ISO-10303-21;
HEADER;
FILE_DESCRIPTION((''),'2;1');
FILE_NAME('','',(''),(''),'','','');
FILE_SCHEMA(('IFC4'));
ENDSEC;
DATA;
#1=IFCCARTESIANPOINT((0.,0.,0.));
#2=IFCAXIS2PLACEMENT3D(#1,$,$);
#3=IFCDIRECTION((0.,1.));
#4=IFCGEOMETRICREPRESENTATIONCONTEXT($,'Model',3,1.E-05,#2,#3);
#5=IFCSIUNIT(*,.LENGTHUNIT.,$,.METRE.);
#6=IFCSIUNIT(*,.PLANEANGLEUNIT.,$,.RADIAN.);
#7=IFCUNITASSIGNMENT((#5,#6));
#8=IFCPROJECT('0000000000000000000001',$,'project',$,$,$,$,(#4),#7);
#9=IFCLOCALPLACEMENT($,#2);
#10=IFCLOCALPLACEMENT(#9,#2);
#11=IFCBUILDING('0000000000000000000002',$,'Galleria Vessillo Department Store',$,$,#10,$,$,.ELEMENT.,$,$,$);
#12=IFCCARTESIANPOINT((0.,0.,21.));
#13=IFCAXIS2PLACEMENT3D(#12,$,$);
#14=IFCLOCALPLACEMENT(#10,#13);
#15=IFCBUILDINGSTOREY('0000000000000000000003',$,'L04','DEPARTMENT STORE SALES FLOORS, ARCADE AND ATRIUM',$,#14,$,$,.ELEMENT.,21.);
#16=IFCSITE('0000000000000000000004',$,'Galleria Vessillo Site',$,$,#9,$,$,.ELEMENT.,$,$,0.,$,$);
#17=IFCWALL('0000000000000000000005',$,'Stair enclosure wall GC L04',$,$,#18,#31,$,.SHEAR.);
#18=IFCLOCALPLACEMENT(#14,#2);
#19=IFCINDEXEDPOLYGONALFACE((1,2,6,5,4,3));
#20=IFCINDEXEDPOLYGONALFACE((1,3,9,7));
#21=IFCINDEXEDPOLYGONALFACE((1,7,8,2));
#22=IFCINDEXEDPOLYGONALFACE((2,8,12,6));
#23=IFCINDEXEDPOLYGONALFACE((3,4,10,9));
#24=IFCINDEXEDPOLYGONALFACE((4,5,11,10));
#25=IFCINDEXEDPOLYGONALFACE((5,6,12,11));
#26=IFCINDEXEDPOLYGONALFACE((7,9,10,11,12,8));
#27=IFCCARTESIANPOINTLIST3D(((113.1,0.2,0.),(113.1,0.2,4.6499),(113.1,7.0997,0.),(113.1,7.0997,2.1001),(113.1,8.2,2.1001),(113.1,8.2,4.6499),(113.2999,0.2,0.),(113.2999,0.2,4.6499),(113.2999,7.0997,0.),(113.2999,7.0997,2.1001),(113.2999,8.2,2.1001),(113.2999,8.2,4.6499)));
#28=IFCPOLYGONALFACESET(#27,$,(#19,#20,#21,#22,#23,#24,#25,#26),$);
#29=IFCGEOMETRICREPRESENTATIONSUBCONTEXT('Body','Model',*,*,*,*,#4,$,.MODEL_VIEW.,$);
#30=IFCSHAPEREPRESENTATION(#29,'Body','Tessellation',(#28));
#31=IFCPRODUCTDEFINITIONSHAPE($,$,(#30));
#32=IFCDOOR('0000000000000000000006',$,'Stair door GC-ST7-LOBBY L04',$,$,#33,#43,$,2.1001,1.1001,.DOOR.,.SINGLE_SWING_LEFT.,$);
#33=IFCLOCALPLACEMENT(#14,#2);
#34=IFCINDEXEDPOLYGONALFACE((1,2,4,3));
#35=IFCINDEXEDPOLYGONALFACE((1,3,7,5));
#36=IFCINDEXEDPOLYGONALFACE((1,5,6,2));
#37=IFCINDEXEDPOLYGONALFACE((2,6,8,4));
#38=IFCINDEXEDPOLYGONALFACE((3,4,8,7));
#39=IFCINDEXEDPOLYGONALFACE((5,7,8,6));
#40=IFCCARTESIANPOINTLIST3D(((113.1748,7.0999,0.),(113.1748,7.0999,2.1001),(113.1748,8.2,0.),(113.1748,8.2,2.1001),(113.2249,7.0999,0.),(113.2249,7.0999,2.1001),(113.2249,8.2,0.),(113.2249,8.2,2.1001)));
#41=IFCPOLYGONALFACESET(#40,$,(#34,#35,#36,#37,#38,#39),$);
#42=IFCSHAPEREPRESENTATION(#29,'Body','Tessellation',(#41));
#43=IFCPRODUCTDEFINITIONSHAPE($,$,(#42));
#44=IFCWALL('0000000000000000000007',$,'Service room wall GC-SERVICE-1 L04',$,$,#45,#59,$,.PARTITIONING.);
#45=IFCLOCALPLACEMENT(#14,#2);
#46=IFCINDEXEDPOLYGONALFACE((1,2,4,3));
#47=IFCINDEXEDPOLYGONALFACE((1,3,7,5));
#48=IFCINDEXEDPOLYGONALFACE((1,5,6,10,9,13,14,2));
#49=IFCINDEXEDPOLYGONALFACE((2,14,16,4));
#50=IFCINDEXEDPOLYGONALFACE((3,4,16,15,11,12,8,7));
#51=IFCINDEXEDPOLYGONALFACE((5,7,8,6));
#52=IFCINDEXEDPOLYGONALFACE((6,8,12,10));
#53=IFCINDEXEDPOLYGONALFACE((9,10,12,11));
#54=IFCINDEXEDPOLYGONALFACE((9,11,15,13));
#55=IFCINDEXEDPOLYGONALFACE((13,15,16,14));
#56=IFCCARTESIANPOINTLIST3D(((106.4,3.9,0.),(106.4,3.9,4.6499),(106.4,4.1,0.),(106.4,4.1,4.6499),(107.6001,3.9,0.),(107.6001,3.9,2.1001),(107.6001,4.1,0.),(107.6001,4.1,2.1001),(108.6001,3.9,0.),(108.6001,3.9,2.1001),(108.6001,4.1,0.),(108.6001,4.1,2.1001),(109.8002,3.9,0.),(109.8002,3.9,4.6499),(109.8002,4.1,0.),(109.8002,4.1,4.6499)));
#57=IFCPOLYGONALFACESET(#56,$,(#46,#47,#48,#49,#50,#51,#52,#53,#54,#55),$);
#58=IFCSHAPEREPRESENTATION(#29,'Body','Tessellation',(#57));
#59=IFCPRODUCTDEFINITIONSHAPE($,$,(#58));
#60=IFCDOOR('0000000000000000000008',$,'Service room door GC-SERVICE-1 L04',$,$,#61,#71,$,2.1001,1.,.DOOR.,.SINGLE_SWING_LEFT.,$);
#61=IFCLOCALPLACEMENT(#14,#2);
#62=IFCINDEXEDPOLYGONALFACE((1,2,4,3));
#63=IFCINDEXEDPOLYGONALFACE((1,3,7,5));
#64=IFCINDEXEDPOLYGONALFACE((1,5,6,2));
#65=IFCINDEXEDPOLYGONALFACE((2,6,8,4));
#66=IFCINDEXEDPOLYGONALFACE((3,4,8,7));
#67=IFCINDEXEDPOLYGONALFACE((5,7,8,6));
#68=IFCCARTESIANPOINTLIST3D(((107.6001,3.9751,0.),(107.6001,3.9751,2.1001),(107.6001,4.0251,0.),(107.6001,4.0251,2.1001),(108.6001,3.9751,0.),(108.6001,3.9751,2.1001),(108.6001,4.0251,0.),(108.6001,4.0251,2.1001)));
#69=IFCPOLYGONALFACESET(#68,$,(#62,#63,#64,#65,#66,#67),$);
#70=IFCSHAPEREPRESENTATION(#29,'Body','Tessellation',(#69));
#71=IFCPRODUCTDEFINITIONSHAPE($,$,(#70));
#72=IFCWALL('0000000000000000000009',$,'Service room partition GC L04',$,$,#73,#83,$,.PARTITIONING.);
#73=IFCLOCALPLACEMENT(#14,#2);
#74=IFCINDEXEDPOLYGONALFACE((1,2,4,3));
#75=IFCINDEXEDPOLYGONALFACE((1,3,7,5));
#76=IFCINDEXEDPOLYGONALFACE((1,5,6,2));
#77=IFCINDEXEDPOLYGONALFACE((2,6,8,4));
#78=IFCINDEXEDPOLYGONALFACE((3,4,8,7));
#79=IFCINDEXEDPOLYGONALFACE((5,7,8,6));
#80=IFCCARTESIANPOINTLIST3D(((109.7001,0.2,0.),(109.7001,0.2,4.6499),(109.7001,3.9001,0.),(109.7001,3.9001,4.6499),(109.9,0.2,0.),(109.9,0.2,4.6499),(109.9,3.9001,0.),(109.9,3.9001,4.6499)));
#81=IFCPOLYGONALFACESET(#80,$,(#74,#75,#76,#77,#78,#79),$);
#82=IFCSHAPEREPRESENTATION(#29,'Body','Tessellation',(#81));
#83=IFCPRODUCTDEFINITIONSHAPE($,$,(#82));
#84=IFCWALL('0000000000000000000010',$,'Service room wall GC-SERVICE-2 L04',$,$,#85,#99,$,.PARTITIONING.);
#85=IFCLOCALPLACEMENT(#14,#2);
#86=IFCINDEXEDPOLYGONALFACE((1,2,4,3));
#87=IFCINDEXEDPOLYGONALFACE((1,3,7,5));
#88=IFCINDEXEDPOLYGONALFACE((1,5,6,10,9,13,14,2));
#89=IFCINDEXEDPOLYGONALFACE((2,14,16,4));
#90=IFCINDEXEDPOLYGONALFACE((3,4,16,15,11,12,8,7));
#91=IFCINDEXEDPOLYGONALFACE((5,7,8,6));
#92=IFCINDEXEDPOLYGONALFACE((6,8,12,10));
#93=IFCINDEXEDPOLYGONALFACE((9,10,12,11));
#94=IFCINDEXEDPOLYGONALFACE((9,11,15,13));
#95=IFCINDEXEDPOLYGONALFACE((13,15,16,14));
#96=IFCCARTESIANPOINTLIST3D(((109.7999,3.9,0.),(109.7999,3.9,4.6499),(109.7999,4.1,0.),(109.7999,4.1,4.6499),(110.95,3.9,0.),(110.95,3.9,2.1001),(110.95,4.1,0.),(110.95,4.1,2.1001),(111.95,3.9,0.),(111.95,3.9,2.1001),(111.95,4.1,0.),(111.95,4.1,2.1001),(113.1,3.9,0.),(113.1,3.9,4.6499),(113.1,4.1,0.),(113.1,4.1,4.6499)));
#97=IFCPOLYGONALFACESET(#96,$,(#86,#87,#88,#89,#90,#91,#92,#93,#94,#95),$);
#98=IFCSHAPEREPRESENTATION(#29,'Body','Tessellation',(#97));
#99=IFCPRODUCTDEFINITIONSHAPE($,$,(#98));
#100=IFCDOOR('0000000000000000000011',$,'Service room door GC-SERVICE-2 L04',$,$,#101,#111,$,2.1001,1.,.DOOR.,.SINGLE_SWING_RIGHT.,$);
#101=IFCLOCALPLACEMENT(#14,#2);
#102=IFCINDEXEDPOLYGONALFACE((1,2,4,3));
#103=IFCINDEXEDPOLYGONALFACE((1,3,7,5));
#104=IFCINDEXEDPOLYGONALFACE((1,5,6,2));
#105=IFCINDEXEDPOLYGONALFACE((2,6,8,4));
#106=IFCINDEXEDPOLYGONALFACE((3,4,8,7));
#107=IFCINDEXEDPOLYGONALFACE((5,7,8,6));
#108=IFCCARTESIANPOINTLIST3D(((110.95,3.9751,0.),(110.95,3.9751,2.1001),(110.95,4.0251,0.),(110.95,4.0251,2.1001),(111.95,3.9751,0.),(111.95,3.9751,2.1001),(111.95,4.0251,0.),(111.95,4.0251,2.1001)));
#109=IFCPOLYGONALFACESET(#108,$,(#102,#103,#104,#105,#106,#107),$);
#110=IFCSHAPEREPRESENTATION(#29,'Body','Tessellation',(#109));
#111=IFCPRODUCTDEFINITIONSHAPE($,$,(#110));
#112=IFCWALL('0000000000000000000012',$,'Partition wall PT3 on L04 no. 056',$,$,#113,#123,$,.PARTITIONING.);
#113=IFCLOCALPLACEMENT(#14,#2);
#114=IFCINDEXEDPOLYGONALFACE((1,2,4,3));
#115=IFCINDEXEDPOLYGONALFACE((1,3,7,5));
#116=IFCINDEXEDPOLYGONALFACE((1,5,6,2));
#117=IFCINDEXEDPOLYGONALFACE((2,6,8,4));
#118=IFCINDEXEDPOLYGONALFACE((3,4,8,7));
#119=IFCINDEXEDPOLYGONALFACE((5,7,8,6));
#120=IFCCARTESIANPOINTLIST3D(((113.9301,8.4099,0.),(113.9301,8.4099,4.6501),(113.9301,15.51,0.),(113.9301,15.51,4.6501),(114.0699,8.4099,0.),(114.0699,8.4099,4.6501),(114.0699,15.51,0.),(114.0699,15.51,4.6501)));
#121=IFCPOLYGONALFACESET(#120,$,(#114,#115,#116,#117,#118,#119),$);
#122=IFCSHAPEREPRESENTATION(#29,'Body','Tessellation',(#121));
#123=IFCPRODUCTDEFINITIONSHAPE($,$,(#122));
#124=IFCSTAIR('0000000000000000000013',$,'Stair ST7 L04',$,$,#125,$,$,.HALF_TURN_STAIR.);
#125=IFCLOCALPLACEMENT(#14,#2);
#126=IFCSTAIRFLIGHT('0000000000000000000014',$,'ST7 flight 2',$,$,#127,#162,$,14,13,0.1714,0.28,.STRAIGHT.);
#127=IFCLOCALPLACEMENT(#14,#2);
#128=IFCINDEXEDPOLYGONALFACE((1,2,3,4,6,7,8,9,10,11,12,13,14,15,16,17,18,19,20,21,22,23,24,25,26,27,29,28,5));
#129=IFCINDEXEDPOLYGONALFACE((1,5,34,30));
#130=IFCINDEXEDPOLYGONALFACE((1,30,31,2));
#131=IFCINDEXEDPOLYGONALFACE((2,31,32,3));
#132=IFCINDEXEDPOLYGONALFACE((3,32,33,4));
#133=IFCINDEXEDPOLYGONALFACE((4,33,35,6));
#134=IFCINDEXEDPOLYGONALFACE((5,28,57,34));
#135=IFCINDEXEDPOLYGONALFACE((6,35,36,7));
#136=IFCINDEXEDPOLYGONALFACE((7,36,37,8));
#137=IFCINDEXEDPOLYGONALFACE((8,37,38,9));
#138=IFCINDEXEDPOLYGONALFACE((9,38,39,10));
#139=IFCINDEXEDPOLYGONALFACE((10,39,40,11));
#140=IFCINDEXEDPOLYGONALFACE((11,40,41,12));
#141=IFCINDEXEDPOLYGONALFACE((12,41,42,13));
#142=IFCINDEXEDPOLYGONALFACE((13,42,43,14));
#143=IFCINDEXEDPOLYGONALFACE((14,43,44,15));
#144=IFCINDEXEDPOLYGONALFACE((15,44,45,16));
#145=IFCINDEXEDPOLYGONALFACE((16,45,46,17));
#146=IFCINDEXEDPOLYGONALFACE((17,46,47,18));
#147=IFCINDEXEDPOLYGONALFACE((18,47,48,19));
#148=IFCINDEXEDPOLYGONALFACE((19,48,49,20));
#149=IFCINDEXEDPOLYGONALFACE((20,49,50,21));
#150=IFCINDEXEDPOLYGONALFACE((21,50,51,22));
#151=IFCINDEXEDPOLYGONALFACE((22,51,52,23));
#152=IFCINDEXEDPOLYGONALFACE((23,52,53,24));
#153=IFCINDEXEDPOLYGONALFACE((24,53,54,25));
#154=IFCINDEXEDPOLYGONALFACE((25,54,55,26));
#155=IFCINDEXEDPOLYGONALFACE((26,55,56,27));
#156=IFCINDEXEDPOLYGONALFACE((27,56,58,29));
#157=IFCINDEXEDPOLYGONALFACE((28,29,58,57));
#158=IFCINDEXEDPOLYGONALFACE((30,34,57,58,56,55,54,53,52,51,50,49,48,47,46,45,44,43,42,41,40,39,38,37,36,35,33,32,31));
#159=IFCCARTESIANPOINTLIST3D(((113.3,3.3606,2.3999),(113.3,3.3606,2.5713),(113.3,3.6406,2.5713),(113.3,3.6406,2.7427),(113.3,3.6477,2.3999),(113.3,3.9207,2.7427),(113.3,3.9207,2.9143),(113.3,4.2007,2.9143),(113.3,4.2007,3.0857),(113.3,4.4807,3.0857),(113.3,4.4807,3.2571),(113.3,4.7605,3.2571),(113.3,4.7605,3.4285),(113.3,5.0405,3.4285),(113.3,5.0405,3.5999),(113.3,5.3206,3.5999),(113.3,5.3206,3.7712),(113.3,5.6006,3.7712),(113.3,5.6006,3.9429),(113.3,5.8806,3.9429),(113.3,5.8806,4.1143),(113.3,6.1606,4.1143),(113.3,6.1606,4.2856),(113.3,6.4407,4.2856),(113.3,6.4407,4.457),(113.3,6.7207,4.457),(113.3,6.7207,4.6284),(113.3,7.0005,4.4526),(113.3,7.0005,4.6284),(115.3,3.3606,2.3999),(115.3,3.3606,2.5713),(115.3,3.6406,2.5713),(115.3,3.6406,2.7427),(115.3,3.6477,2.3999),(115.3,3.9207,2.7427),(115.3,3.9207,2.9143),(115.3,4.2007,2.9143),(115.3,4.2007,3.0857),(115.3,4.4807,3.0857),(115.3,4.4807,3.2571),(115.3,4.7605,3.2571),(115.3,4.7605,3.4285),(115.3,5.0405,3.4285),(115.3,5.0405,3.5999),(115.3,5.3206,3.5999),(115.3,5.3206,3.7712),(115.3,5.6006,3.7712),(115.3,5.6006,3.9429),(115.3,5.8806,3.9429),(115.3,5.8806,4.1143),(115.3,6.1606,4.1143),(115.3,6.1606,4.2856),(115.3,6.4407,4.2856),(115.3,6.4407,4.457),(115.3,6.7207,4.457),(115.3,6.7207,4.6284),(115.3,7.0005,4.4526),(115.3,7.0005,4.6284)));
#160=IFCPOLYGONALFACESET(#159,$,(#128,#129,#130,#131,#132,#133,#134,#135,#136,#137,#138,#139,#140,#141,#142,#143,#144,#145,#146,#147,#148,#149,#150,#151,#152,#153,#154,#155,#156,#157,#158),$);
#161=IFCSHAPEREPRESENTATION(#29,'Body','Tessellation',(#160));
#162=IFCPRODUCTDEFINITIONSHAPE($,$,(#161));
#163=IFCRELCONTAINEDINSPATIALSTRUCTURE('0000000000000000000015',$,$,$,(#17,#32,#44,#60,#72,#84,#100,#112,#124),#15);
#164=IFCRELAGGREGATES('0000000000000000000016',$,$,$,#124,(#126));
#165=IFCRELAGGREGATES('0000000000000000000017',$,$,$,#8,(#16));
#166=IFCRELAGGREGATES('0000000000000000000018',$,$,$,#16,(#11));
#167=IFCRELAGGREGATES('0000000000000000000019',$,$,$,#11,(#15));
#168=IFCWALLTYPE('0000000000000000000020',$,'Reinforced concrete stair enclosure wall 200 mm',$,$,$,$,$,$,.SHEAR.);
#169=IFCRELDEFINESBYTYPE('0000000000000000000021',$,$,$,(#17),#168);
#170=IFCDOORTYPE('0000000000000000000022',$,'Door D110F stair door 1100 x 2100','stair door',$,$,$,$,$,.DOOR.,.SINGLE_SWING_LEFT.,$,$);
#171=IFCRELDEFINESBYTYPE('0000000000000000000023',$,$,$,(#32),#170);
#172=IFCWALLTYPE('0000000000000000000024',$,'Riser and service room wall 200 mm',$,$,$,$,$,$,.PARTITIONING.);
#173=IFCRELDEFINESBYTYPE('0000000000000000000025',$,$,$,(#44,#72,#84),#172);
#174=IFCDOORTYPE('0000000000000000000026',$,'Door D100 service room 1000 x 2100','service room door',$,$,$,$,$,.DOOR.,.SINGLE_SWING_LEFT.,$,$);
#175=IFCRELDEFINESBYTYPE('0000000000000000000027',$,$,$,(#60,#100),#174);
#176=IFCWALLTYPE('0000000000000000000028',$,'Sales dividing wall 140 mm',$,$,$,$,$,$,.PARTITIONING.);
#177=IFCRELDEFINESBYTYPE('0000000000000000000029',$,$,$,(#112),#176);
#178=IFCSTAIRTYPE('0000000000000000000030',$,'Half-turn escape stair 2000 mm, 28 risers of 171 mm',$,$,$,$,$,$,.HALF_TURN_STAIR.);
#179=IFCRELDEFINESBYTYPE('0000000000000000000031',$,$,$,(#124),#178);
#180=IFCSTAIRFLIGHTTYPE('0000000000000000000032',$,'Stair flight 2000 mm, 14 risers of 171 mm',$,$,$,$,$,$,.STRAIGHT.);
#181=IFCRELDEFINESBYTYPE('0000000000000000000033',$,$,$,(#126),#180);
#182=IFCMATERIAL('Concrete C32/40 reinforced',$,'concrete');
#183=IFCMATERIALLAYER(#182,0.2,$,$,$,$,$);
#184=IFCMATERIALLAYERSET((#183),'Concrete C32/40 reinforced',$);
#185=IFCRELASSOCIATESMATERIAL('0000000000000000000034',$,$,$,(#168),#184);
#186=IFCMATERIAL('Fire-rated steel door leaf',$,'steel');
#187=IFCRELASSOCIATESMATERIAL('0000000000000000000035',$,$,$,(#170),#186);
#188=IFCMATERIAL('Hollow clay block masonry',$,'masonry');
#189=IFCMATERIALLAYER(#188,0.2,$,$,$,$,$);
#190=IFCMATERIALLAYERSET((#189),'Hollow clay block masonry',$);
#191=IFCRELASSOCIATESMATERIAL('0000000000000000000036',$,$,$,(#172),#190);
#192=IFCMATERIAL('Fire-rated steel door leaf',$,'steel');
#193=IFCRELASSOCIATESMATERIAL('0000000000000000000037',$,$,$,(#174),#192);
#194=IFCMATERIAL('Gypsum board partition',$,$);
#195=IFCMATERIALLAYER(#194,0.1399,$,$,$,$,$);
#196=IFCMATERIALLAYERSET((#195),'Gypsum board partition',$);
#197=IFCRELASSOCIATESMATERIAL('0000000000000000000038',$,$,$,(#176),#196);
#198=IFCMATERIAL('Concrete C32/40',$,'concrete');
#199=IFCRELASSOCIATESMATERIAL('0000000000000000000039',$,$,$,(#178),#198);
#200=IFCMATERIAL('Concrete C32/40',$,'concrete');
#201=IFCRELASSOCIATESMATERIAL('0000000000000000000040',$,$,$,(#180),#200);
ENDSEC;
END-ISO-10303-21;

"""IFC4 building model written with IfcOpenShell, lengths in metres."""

from ifc_helpers import new_model, si_unit, direction, frame, frame_2d, origin, place, context, subcontext, project, spatial, polyline, rectangle, outline, extrude, material, layer, layer_set, type_object, element, fill, aggregate, save


model = new_model("IFC4")

# Units and contexts
model_context = context("Model", 3, precision=1e-05, world=origin(), true_north=direction((0.0, 1.0)))
body_context = subcontext(model_context, "Body", "Model", "MODEL_VIEW")
ifc_project = project(units=[si_unit("LENGTHUNIT", "METRE"), si_unit("PLANEANGLEUNIT", "RADIAN")], contexts=[model_context])

# Site, building, storey
site_placement = place(None, origin())
site = spatial("IfcSite", under=ifc_project, at=site_placement, Name="Galleria Vessillo Site", CompositionType="ELEMENT", RefElevation=0.0)
building_placement = place(site_placement, origin())
building = spatial("IfcBuilding", under=site, at=building_placement, Name="Galleria Vessillo Department Store", CompositionType="ELEMENT")
storey_placement = place(building_placement, frame((0.0, 0.0, 21.0)))
storey = spatial("IfcBuildingStorey", under=building, at=storey_placement, Name="L04", Description="DEPARTMENT STORE SALES FLOORS, ARCADE AND ATRIUM", CompositionType="ELEMENT", Elevation=21.0)

# Walls, openings, doors
ifc_material_1 = material(Name="Concrete C32/40 reinforced", Category="concrete")
ifc_layer_1 = layer(ifc_material_1, 0.2)
ifc_layer_set_1 = layer_set([ifc_layer_1], Name="Concrete C32/40 reinforced")
wall_type_1 = type_object("IfcWallType", Name="Reinforced concrete stair enclosure wall 200 mm", PredefinedType="SHEAR", material=ifc_layer_set_1)
wall_1_placement = place(storey_placement, frame((113.2, 0.2, 0.0), z_axis=(0.0, 0.0, 1.0), x_axis=(0.0, 1.0, 0.0)))
wall_1 = element("IfcWall", 1, at=wall_1_placement, inside=storey, type_object=wall_type_1, Name="Stair enclosure wall GC L04", PredefinedType="SHEAR", context=body_context, shape_type="SweptSolid", body=[
    extrude(rectangle(XDim=8.0, YDim=0.2, at=frame_2d((4.0, 0.0))), origin(), (0.0, 0.0, 1.0), 4.6499),
])
opening_1_placement = place(wall_1_placement, frame((6.8999, 0.0, 0.0)))
opening_1 = element("IfcOpeningElement", 2, at=opening_1_placement, cuts=wall_1, PredefinedType="OPENING", context=body_context, shape_type="SweptSolid", body=[
    extrude(rectangle(XDim=1.1101, YDim=2.1001, at=frame_2d((0.5549, 1.05))), frame((0.0, 0.1099, 0.0), z_axis=(0.0, -1.0, 0.0), x_axis=(1.0, 0.0, 0.0)), (0.0, 0.0, 1.0), 0.22),
])
ifc_material_2 = material(Name="Fire-rated steel door leaf", Category="steel")
door_type_1 = type_object("IfcDoorType", Name="Door D110F stair door 1100 x 2100", Description="stair door", OperationType="SINGLE_SWING_LEFT", PredefinedType="DOOR", material=ifc_material_2)
door_1_placement = place(opening_1_placement, frame((1.1001, 0.0, 0.0), z_axis=(0.0, 0.0, 1.0), x_axis=(-1.0, 0.0, 0.0)))
door_1 = element("IfcDoor", 3, at=door_1_placement, inside=storey, type_object=door_type_1, Name="Stair door GC-ST7-LOBBY L04", OperationType="SINGLE_SWING_LEFT", OverallHeight=2.1001, OverallWidth=1.1001, PredefinedType="DOOR", context=body_context, shape_type="SweptSolid", body=[
    extrude(rectangle(XDim=1.1001, YDim=2.1001, at=frame_2d((0.55, 1.05))), frame((0.0, 0.0249, 0.0), z_axis=(0.0, -1.0, 0.0), x_axis=(1.0, 0.0, 0.0)), (0.0, 0.0, 1.0), 0.05),
])
fill(opening_1, door_1)
ifc_material_3 = material(Name="Hollow clay block masonry", Category="masonry")
ifc_layer_2 = layer(ifc_material_3, 0.2)
ifc_layer_set_2 = layer_set([ifc_layer_2], Name="Hollow clay block masonry")
wall_type_2 = type_object("IfcWallType", Name="Riser and service room wall 200 mm", PredefinedType="PARTITIONING", material=ifc_layer_set_2)
wall_2_placement = place(storey_placement, frame((106.3999, 4.0, 0.0), z_axis=(0.0, 0.0, 1.0), x_axis=(1.0, 0.0, 0.0)))
wall_2 = element("IfcWall", 4, at=wall_2_placement, inside=storey, type_object=wall_type_2, Name="Service room wall GC-SERVICE-1 L04", PredefinedType="PARTITIONING", context=body_context, shape_type="SweptSolid", body=[
    extrude(rectangle(XDim=3.4001, YDim=0.2, at=frame_2d((1.7002, 0.0))), origin(), (0.0, 0.0, 1.0), 4.6499),
])
opening_2_placement = place(wall_2_placement, frame((1.2002, 0.0, 0.0)))
opening_2 = element("IfcOpeningElement", 5, at=opening_2_placement, cuts=wall_2, PredefinedType="OPENING", context=body_context, shape_type="SweptSolid", body=[
    extrude(rectangle(XDim=1.0, YDim=2.1001, at=frame_2d((0.5, 1.05))), frame((0.0, 0.1099, 0.0), z_axis=(0.0, -1.0, 0.0), x_axis=(1.0, 0.0, 0.0)), (0.0, 0.0, 1.0), 0.22),
])
ifc_material_4 = material(Name="Fire-rated steel door leaf", Category="steel")
door_type_2 = type_object("IfcDoorType", Name="Door D100 service room 1000 x 2100", Description="service room door", OperationType="SINGLE_SWING_LEFT", PredefinedType="DOOR", material=ifc_material_4)
door_2_placement = place(opening_2_placement, frame((1.0, 0.0, 0.0), z_axis=(0.0, 0.0, 1.0), x_axis=(-1.0, 0.0, 0.0)))
door_2 = element("IfcDoor", 6, at=door_2_placement, inside=storey, type_object=door_type_2, Name="Service room door GC-SERVICE-1 L04", OperationType="SINGLE_SWING_LEFT", OverallHeight=2.1001, OverallWidth=1.0, PredefinedType="DOOR", context=body_context, shape_type="SweptSolid", body=[
    extrude(rectangle(XDim=1.0, YDim=2.1001, at=frame_2d((0.5, 1.05))), frame((0.0, 0.0249, 0.0), z_axis=(0.0, -1.0, 0.0), x_axis=(1.0, 0.0, 0.0)), (0.0, 0.0, 1.0), 0.05),
])
fill(opening_2, door_2)

# Wall
wall_3_placement = place(storey_placement, frame((109.8, 0.2, 0.0), z_axis=(0.0, 0.0, 1.0), x_axis=(0.0, 1.0, 0.0)))
element("IfcWall", 7, at=wall_3_placement, inside=storey, type_object=wall_type_2, Name="Service room partition GC L04", PredefinedType="PARTITIONING", context=body_context, shape_type="SweptSolid", body=[
    extrude(rectangle(XDim=3.7002, YDim=0.2, at=frame_2d((1.8501, 0.0))), origin(), (0.0, 0.0, 1.0), 4.6499),
])

# Wall, opening, door
wall_4_placement = place(storey_placement, frame((109.8, 4.0, 0.0), z_axis=(0.0, 0.0, 1.0), x_axis=(1.0, 0.0, 0.0)))
wall_4 = element("IfcWall", 8, at=wall_4_placement, inside=storey, type_object=wall_type_2, Name="Service room wall GC-SERVICE-2 L04", PredefinedType="PARTITIONING", context=body_context, shape_type="SweptSolid", body=[
    extrude(rectangle(XDim=3.3, YDim=0.2, at=frame_2d((1.6499, 0.0))), origin(), (0.0, 0.0, 1.0), 4.6499),
])
opening_3_placement = place(wall_4_placement, frame((1.1499, 0.0, 0.0)))
opening_3 = element("IfcOpeningElement", 9, at=opening_3_placement, cuts=wall_4, PredefinedType="OPENING", context=body_context, shape_type="SweptSolid", body=[
    extrude(rectangle(XDim=1.0, YDim=2.1001, at=frame_2d((0.5, 1.05))), frame((0.0, 0.1099, 0.0), z_axis=(0.0, -1.0, 0.0), x_axis=(1.0, 0.0, 0.0)), (0.0, 0.0, 1.0), 0.22),
])
door_3_placement = place(opening_3_placement, frame((1.0, 0.0, 0.0), z_axis=(0.0, 0.0, 1.0), x_axis=(-1.0, 0.0, 0.0)))
door_3 = element("IfcDoor", 10, at=door_3_placement, inside=storey, type_object=door_type_2, Name="Service room door GC-SERVICE-2 L04", OperationType="SINGLE_SWING_RIGHT", OverallHeight=2.1001, OverallWidth=1.0, PredefinedType="DOOR", context=body_context, shape_type="SweptSolid", body=[
    extrude(rectangle(XDim=1.0, YDim=2.1001, at=frame_2d((0.5, 1.05))), frame((0.0, 0.0249, 0.0), z_axis=(0.0, -1.0, 0.0), x_axis=(1.0, 0.0, 0.0)), (0.0, 0.0, 1.0), 0.05),
])
fill(opening_3, door_3)

# Wall
ifc_material_5 = material(Name="Gypsum board partition")
ifc_layer_3 = layer(ifc_material_5, 0.1399)
ifc_layer_set_3 = layer_set([ifc_layer_3], Name="Gypsum board partition")
wall_type_3 = type_object("IfcWallType", Name="Sales dividing wall 140 mm", PredefinedType="PARTITIONING", material=ifc_layer_set_3)
wall_5_placement = place(storey_placement, frame((114.0, 8.4099, 0.0), z_axis=(0.0, 0.0, 1.0), x_axis=(0.0, 1.0, 0.0)))
element("IfcWall", 11, at=wall_5_placement, inside=storey, type_object=wall_type_3, Name="Partition wall PT3 on L04 no. 056", PredefinedType="PARTITIONING", context=body_context, shape_type="SweptSolid", body=[
    extrude(rectangle(XDim=7.1001, YDim=0.1399, at=frame_2d((3.55, 0.0))), origin(), (0.0, 0.0, 1.0), 4.6501),
])

# Stair, stair flight
ifc_material_6 = material(Name="Concrete C32/40", Category="concrete")
stair_type = type_object("IfcStairType", Name="Half-turn escape stair 2000 mm, 28 risers of 171 mm", PredefinedType="HALF_TURN_STAIR", material=ifc_material_6)
stair_placement = place(storey_placement, origin())
stair = element("IfcStair", 12, at=stair_placement, inside=storey, type_object=stair_type, Name="Stair ST7 L04", PredefinedType="HALF_TURN_STAIR")
ifc_material_7 = material(Name="Concrete C32/40", Category="concrete")
stair_flight_type = type_object("IfcStairFlightType", Name="Stair flight 2000 mm, 14 risers of 171 mm", PredefinedType="STRAIGHT", material=ifc_material_7)
stair_flight_placement = place(storey_placement, frame((114.3, 3.3606, 2.3999), z_axis=(0.0, 0.0, 1.0), x_axis=(0.0, 1.0, 0.0)))
stair_flight = element("IfcStairFlight", 13, at=stair_flight_placement, type_object=stair_flight_type, Name="ST7 flight 2", NumberOfRisers=14, NumberOfTreads=13, PredefinedType="STRAIGHT", RiserHeight=0.1714, TreadLength=0.28, context=body_context, shape_type="SweptSolid", body=[
    extrude(outline(polyline([(0.0, 0.0), (0.0, 0.1714), (0.28, 0.1714), (0.28, 0.3428), (0.5601, 0.3428), (0.5601, 0.5144), (0.8401, 0.5144), (0.8401, 0.6858), (1.1201, 0.6858), (1.1201, 0.8572), (1.3999, 0.8572), (1.3999, 1.0286), (1.6799, 1.0286), (1.6799, 1.2), (1.96, 1.2), (1.96, 1.3713), (2.24, 1.3713), (2.24, 1.543), (2.52, 1.543), (2.52, 1.7144), (2.8, 1.7144), (2.8, 1.8857), (3.0801, 1.8857), (3.0801, 2.0571), (3.3601, 2.0571), (3.3601, 2.2285), (3.6399, 2.2285), (3.6399, 2.3999), (3.6399, 2.0527), (0.2871, 0.0), (0.0, 0.0)])), frame((0.0, 1.0, 0.0), z_axis=(0.0, -1.0, 0.0), x_axis=(1.0, 0.0, 0.0)), (0.0, 0.0, 1.0), 2.0),
])
aggregate(stair, [stair_flight])

save(model, "model.ifc")
